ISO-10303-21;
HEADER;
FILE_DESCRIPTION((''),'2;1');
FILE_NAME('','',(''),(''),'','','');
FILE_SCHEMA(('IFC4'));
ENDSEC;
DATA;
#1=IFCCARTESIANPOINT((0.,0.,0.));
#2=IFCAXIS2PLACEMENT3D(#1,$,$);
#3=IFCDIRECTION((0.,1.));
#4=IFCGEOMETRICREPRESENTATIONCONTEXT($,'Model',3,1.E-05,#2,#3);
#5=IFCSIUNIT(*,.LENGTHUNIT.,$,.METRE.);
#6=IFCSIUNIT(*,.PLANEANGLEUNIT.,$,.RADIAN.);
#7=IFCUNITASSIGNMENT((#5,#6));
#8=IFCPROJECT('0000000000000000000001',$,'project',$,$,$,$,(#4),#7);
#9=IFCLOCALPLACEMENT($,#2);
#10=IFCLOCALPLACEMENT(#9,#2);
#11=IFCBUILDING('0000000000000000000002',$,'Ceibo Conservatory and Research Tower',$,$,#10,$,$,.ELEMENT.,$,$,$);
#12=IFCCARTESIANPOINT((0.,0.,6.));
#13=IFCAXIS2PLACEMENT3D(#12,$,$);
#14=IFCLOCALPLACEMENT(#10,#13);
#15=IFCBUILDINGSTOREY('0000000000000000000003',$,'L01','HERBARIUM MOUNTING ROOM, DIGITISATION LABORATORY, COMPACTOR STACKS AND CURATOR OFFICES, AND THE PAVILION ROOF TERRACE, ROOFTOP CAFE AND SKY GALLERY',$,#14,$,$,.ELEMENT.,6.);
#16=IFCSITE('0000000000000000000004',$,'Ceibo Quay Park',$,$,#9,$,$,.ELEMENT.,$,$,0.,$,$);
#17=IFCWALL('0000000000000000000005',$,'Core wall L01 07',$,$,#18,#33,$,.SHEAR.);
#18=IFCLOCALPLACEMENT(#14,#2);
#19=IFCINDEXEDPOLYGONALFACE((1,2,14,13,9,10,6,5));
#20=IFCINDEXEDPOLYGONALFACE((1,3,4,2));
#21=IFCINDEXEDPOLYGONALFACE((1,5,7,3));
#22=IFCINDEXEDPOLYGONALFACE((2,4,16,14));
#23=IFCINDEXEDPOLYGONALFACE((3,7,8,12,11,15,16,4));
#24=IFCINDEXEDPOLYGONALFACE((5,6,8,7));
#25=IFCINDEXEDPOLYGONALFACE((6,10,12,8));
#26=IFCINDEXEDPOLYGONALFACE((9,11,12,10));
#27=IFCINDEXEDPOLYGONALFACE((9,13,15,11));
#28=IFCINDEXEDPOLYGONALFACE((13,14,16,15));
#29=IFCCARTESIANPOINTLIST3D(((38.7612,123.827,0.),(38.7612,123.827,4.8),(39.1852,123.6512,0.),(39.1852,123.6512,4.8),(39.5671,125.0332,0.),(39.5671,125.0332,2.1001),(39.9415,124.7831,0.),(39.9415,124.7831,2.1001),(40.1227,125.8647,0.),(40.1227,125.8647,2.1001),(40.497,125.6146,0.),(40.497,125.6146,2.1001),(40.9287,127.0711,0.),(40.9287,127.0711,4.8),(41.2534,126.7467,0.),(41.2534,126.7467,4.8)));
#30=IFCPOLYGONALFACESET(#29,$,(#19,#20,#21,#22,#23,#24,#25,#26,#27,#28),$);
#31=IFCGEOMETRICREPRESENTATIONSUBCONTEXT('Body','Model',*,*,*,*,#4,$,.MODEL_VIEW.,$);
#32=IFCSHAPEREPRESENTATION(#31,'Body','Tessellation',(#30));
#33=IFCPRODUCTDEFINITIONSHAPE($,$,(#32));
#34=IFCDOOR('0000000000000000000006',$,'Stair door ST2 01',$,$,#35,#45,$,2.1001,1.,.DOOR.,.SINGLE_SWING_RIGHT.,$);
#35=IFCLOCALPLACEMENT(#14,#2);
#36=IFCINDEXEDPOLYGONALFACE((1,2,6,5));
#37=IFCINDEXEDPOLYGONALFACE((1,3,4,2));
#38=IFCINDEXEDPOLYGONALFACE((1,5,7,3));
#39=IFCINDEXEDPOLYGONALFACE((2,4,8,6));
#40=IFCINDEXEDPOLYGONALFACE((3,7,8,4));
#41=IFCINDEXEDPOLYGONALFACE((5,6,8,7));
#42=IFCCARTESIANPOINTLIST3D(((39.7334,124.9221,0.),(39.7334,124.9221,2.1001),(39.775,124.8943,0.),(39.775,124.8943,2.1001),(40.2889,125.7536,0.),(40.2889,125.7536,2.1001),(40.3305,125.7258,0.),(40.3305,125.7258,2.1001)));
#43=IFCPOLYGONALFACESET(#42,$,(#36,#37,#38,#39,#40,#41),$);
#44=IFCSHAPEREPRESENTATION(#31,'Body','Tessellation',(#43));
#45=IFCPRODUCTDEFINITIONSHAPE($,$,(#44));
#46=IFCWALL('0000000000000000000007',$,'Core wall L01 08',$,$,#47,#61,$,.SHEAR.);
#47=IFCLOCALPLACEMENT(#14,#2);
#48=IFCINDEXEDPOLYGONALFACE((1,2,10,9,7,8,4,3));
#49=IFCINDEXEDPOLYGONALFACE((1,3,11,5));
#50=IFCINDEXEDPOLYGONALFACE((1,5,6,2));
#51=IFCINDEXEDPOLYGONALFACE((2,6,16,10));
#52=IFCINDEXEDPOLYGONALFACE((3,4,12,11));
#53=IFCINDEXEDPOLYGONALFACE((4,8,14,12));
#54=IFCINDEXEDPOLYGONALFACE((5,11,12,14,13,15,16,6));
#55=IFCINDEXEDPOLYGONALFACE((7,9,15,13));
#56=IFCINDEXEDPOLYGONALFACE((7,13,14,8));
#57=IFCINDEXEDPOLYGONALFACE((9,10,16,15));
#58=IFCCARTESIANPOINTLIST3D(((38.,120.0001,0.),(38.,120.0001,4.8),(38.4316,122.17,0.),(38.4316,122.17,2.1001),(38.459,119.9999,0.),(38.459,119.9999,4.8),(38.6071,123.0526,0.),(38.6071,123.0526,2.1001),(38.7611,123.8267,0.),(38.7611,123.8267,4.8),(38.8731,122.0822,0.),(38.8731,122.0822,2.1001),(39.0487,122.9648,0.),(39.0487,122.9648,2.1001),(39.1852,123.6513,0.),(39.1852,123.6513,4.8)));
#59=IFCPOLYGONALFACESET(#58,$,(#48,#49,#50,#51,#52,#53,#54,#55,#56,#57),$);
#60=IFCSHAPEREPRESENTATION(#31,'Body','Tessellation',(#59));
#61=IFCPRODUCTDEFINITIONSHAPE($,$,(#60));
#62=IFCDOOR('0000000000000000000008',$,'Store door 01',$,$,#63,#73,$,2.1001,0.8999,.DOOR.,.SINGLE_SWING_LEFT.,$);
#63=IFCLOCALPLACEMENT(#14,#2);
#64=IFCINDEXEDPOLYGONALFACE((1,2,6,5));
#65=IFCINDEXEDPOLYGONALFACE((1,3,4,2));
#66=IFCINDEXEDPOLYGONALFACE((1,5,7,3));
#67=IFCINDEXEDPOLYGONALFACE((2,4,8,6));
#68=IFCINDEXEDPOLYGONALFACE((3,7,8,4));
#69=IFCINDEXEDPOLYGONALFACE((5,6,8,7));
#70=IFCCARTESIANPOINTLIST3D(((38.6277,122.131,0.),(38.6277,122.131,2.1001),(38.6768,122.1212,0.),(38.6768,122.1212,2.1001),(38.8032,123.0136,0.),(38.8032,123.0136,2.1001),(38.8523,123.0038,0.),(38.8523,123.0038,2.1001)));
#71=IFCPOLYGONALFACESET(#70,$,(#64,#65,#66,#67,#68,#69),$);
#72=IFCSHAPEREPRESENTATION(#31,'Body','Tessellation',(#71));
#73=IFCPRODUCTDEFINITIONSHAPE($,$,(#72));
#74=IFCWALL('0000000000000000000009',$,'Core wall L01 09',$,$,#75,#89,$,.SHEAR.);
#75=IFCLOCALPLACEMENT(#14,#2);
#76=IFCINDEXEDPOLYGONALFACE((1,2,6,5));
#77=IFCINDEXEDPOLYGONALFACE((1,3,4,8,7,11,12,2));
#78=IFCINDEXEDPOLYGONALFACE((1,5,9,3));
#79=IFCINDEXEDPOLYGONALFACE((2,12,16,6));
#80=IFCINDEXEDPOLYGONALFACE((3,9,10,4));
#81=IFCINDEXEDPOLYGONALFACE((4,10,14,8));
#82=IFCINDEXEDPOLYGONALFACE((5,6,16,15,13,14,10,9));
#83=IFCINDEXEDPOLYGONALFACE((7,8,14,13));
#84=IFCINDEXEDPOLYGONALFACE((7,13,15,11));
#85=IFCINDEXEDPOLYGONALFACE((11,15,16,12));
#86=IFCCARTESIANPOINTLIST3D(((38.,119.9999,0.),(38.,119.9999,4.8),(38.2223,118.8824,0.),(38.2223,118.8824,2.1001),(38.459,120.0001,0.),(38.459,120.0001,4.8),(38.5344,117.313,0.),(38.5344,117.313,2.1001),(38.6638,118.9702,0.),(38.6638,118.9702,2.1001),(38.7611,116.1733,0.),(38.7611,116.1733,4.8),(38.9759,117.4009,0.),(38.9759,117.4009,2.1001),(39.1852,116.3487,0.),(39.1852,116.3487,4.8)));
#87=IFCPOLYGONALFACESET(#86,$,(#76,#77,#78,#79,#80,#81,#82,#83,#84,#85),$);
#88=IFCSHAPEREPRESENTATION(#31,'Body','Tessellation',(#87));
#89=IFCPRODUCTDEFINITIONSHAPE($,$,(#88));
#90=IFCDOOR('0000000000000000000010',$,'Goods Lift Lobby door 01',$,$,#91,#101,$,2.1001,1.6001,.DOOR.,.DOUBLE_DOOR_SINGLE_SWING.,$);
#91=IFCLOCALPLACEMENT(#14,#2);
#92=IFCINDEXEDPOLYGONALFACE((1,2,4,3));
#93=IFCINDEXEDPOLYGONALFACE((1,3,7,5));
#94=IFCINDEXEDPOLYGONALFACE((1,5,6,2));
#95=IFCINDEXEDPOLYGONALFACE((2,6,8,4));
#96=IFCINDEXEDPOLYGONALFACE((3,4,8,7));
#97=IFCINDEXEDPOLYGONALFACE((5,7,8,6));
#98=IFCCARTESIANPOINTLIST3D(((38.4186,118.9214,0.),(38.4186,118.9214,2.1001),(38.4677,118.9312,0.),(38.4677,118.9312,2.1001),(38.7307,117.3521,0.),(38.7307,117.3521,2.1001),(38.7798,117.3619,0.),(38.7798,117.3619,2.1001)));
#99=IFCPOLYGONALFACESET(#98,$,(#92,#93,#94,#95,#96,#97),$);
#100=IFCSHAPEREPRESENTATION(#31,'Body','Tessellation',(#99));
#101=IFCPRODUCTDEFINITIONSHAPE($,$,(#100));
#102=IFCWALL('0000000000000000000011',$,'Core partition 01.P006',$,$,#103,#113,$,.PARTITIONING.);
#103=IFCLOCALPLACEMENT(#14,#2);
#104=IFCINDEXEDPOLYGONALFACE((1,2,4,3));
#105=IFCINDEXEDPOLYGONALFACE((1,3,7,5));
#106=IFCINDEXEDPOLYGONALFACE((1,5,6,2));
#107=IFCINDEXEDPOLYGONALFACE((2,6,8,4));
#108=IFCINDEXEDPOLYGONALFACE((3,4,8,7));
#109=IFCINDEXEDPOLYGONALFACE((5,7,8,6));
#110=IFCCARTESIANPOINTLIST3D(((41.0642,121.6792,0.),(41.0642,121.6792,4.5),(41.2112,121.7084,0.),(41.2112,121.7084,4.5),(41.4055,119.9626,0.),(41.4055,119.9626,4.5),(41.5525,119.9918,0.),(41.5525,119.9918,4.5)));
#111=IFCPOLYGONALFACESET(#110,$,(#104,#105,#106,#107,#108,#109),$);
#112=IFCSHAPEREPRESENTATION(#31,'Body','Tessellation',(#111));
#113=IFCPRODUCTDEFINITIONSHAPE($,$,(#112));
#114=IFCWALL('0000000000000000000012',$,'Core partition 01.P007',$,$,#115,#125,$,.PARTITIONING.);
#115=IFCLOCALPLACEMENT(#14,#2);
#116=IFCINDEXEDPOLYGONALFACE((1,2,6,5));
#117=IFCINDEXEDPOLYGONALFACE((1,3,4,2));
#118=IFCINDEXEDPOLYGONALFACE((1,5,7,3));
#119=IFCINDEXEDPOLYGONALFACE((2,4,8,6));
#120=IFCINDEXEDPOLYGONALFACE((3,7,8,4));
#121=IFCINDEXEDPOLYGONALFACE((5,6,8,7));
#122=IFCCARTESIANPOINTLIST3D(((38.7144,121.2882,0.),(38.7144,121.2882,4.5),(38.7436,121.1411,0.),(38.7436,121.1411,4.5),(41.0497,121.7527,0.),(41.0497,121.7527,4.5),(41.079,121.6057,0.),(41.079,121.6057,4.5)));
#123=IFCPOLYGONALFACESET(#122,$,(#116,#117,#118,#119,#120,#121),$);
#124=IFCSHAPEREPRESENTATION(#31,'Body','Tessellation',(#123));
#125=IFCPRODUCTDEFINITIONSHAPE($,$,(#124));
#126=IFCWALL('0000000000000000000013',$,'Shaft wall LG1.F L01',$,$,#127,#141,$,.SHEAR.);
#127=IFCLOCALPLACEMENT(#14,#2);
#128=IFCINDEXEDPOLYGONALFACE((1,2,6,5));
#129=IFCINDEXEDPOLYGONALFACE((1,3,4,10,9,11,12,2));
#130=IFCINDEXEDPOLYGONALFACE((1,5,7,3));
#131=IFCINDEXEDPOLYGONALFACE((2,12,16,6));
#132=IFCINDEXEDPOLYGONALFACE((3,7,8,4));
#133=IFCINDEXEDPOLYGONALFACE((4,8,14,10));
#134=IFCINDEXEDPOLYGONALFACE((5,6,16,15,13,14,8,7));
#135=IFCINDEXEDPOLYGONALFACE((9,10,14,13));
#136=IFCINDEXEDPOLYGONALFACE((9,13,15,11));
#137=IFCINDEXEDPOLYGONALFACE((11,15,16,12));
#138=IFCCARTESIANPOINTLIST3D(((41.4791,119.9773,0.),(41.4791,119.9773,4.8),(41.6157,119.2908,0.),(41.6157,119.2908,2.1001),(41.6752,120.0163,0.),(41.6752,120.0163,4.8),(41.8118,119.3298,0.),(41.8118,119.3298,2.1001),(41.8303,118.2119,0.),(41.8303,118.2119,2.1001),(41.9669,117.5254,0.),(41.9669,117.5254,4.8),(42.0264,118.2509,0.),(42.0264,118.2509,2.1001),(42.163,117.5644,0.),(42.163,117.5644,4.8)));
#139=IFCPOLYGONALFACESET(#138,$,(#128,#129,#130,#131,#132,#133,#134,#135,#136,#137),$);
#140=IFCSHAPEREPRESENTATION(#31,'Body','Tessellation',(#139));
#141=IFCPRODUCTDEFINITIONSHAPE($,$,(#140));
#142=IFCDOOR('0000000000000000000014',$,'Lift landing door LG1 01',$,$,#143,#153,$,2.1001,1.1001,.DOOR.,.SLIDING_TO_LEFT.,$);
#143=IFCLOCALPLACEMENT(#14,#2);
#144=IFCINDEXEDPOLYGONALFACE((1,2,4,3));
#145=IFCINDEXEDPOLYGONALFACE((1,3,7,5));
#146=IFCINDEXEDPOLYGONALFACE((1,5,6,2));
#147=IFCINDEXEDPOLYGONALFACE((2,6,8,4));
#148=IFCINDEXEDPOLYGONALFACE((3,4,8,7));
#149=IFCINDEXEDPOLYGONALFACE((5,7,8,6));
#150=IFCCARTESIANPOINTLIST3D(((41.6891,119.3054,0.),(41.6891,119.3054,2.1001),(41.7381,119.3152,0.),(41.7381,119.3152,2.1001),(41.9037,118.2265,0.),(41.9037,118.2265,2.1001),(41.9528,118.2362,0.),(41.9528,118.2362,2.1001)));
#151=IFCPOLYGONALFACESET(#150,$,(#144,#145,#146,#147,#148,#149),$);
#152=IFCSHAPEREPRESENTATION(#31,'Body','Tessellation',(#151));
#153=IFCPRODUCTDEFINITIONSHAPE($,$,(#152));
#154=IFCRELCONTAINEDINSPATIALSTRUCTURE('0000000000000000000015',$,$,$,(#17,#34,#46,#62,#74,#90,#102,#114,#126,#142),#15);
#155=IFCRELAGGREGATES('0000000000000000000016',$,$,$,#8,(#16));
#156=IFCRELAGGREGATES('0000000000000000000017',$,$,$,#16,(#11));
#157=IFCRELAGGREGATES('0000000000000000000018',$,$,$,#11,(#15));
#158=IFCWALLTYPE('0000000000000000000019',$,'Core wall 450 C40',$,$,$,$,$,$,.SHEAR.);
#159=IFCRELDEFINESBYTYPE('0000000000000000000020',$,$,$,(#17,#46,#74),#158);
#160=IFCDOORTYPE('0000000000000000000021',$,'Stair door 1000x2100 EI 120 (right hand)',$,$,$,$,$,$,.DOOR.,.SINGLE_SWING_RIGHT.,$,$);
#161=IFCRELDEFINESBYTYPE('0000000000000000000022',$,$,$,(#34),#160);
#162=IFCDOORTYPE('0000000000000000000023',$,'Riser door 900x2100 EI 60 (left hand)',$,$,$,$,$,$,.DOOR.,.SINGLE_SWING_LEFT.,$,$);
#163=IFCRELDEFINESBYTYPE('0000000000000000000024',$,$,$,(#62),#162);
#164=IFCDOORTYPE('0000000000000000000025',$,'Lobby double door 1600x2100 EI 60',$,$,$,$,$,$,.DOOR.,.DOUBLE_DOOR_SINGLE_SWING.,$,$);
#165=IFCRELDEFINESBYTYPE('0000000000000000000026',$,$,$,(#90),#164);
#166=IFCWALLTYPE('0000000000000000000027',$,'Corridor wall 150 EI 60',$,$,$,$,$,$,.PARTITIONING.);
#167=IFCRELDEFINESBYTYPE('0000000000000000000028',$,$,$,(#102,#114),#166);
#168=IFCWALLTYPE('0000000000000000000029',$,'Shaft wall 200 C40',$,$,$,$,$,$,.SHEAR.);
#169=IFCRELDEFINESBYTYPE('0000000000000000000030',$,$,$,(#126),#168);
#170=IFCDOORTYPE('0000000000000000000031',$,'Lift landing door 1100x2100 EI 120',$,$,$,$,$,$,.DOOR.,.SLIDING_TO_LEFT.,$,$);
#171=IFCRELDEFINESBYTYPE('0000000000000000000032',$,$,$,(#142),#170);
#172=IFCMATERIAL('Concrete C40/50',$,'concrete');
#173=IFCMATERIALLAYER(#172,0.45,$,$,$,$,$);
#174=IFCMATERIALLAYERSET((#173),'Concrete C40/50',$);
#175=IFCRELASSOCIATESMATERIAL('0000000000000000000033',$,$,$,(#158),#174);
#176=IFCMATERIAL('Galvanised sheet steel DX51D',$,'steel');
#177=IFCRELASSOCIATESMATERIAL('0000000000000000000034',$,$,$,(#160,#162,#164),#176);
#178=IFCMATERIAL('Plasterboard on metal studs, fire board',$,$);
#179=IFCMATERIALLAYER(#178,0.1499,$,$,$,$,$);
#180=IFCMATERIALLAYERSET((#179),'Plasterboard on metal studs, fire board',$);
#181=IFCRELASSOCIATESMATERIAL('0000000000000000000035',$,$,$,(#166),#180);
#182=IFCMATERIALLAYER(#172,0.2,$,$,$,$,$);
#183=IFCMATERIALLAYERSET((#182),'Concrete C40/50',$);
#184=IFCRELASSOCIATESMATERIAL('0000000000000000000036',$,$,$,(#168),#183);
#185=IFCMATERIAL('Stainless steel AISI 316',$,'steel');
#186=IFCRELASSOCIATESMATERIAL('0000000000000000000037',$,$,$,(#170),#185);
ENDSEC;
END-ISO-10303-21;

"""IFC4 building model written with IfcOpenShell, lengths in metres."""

from ifc_helpers import new_model, si_unit, direction, frame, frame_2d, origin, place, context, subcontext, project, spatial, polyline, rectangle, outline, extrude, material, layer, layer_set, type_object, element, fill, save


model = new_model("IFC4")

# Units and contexts
model_context = context("Model", 3, precision=1e-05, world=origin(), true_north=direction((0.0, 1.0)))
body_context = subcontext(model_context, "Body", "Model", "MODEL_VIEW")
ifc_project = project(units=[si_unit("LENGTHUNIT", "METRE"), si_unit("PLANEANGLEUNIT", "RADIAN")], contexts=[model_context])

# Site, building, storey
site_placement = place(None, origin())
site = spatial("IfcSite", under=ifc_project, at=site_placement, Name="Ceibo Quay Park", CompositionType="ELEMENT", RefElevation=0.0)
building_placement = place(site_placement, origin())
building = spatial("IfcBuilding", under=site, at=building_placement, Name="Ceibo Conservatory and Research Tower", CompositionType="ELEMENT")
storey_placement = place(building_placement, frame((0.0, 0.0, 6.0)))
storey = spatial("IfcBuildingStorey", under=building, at=storey_placement, Name="L01", Description="HERBARIUM MOUNTING ROOM, DIGITISATION LABORATORY, COMPACTOR STACKS AND CURATOR OFFICES, AND THE PAVILION ROOF TERRACE, ROOFTOP CAFE AND SKY GALLERY", CompositionType="ELEMENT", Elevation=6.0)

# Shared definitions
ifc_material_1 = material(Name="Galvanised sheet steel DX51D", Category="steel")

# Shared definitions
ifc_material_2 = material(Name="Concrete C40/50", Category="concrete")
ifc_layer_1 = layer(ifc_material_2, 0.45)
ifc_layer_set_1 = layer_set([ifc_layer_1], Name="Concrete C40/50")
wall_type_1 = type_object("IfcWallType", Name="Core wall 450 C40", PredefinedType="SHEAR", material=ifc_layer_set_1)

# Walls, openings, doors
wall_1_placement = place(storey_placement, frame((41.0911, 126.9089, 0.0), z_axis=(0.0, 0.0, 1.0), x_axis=(-0.555542, -0.831488, 0.0)))
wall_1 = element("IfcWall", 1, at=wall_1_placement, inside=storey, type_object=wall_type_1, Name="Core wall L01 07", PredefinedType="SHEAR", context=body_context, shape_type="SweptSolid", body=[
    extrude(outline(polyline([(-0.0447, -0.2251), (3.8569, -0.2251), (3.7676, 0.2251), (0.0447, 0.2251), (-0.0447, -0.2251)])), origin(), (0.0, 0.0, 1.0), 4.8),
])
opening_1_placement = place(wall_1_placement, frame((1.4062, 0.0, 0.0)))
opening_1 = element("IfcOpeningElement", 2, at=opening_1_placement, cuts=wall_1, PredefinedType="OPENING", context=body_context, shape_type="SweptSolid", body=[
    extrude(rectangle(XDim=1.0, YDim=2.1001, at=frame_2d((0.5, 1.05))), frame((0.0, 0.2349, 0.0), z_axis=(0.0, -1.0, 0.0), x_axis=(1.0, 0.0, 0.0)), (0.0, 0.0, 1.0), 0.47),
])
door_type_1 = type_object("IfcDoorType", Name="Stair door 1000x2100 EI 120 (right hand)", OperationType="SINGLE_SWING_RIGHT", PredefinedType="DOOR", material=ifc_material_1)
door_1_placement = place(opening_1_placement, origin())
door_1 = element("IfcDoor", 3, at=door_1_placement, inside=storey, type_object=door_type_1, Name="Stair door ST2 01", OperationType="SINGLE_SWING_RIGHT", OverallHeight=2.1001, OverallWidth=1.0, PredefinedType="DOOR", context=body_context, shape_type="SweptSolid", body=[
    extrude(rectangle(XDim=1.0, YDim=2.1001, at=frame_2d((0.5, 1.05))), frame((0.0, 0.0249, 0.0), z_axis=(0.0, -1.0, 0.0), x_axis=(1.0, 0.0, 0.0)), (0.0, 0.0, 1.0), 0.05),
])
fill(opening_1, door_1)
wall_2_placement = place(storey_placement, frame((38.9731, 123.739, 0.0), z_axis=(0.0, 0.0, 1.0), x_axis=(-0.195069, -0.980789, 0.0)))
wall_2 = element("IfcWall", 4, at=wall_2_placement, inside=storey, type_object=wall_type_1, Name="Core wall L01 08", PredefinedType="SHEAR", context=body_context, shape_type="SweptSolid", body=[
    extrude(outline(polyline([(-0.0447, -0.2251), (3.8569, -0.2251), (3.7676, 0.2251), (0.0447, 0.2251), (-0.0447, -0.2251)])), origin(), (0.0, 0.0, 1.0), 4.8),
])
opening_2_placement = place(wall_2_placement, frame((0.7446, 0.0, 0.0)))
opening_2 = element("IfcOpeningElement", 5, at=opening_2_placement, cuts=wall_2, PredefinedType="OPENING", context=body_context, shape_type="SweptSolid", body=[
    extrude(rectangle(XDim=0.8999, YDim=2.1001, at=frame_2d((0.45, 1.05))), frame((0.0, 0.2349, 0.0), z_axis=(0.0, -1.0, 0.0), x_axis=(1.0, 0.0, 0.0)), (0.0, 0.0, 1.0), 0.47),
])
door_type_2 = type_object("IfcDoorType", Name="Riser door 900x2100 EI 60 (left hand)", OperationType="SINGLE_SWING_LEFT", PredefinedType="DOOR", material=ifc_material_1)
door_2_placement = place(opening_2_placement, origin())
door_2 = element("IfcDoor", 6, at=door_2_placement, inside=storey, type_object=door_type_2, Name="Store door 01", OperationType="SINGLE_SWING_LEFT", OverallHeight=2.1001, OverallWidth=0.8999, PredefinedType="DOOR", context=body_context, shape_type="SweptSolid", body=[
    extrude(rectangle(XDim=0.8999, YDim=2.1001, at=frame_2d((0.45, 1.05))), frame((0.0, 0.0249, 0.0), z_axis=(0.0, -1.0, 0.0), x_axis=(1.0, 0.0, 0.0)), (0.0, 0.0, 1.0), 0.05),
])
fill(opening_2, door_2)
wall_3_placement = place(storey_placement, frame((38.2295, 120.0, 0.0), z_axis=(0.0, 0.0, 1.0), x_axis=(0.195069, -0.980789, 0.0)))
wall_3 = element("IfcWall", 7, at=wall_3_placement, inside=storey, type_object=wall_type_1, Name="Core wall L01 09", PredefinedType="SHEAR", context=body_context, shape_type="SweptSolid", body=[
    extrude(outline(polyline([(-0.0447, -0.2251), (3.8569, -0.2251), (3.7676, 0.2251), (0.0447, 0.2251), (-0.0447, -0.2251)])), origin(), (0.0, 0.0, 1.0), 4.8),
])
opening_3_placement = place(wall_3_placement, frame((1.0947, 0.0, 0.0)))
opening_3 = element("IfcOpeningElement", 8, at=opening_3_placement, cuts=wall_3, PredefinedType="OPENING", context=body_context, shape_type="SweptSolid", body=[
    extrude(rectangle(XDim=1.6001, YDim=2.1001, at=frame_2d((0.8, 1.05))), frame((0.0, 0.2349, 0.0), z_axis=(0.0, -1.0, 0.0), x_axis=(1.0, 0.0, 0.0)), (0.0, 0.0, 1.0), 0.47),
])
door_type_3 = type_object("IfcDoorType", Name="Lobby double door 1600x2100 EI 60", OperationType="DOUBLE_DOOR_SINGLE_SWING", PredefinedType="DOOR", material=ifc_material_1)
door_3_placement = place(opening_3_placement, frame((1.6001, 0.0, 0.0), z_axis=(0.0, 0.0, 1.0), x_axis=(-1.0, 0.0, 0.0)))
door_3 = element("IfcDoor", 9, at=door_3_placement, inside=storey, type_object=door_type_3, Name="Goods Lift Lobby door 01", OperationType="DOUBLE_DOOR_SINGLE_SWING", OverallHeight=2.1001, OverallWidth=1.6001, PredefinedType="DOOR", context=body_context, shape_type="SweptSolid", body=[
    extrude(rectangle(XDim=1.6001, YDim=2.1001, at=frame_2d((0.8, 1.05))), frame((0.0, 0.0249, 0.0), z_axis=(0.0, -1.0, 0.0), x_axis=(1.0, 0.0, 0.0)), (0.0, 0.0, 1.0), 0.05),
])
fill(opening_3, door_3)

# Walls
ifc_material_3 = material(Name="Plasterboard on metal studs, fire board")
ifc_layer_2 = layer(ifc_material_3, 0.1499)
ifc_layer_set_2 = layer_set([ifc_layer_2], Name="Plasterboard on metal studs, fire board")
wall_type_2 = type_object("IfcWallType", Name="Corridor wall 150 EI 60", PredefinedType="PARTITIONING", material=ifc_layer_set_2)
wall_4_placement = place(storey_placement, frame((41.479, 119.9773, 0.0), z_axis=(0.0, 0.0, 1.0), x_axis=(-0.195016, 0.9808, 0.0)))
element("IfcWall", 10, at=wall_4_placement, inside=storey, type_object=wall_type_2, Name="Core partition 01.P006", PredefinedType="PARTITIONING", context=body_context, shape_type="SweptSolid", body=[
    extrude(rectangle(XDim=1.7502, YDim=0.1499, at=frame_2d((0.875, 0.0))), origin(), (0.0, 0.0, 1.0), 4.5),
])
wall_5_placement = place(storey_placement, frame((41.0642, 121.6792, 0.0), z_axis=(0.0, 0.0, 1.0), x_axis=(-0.980781, -0.19511, 0.0)))
element("IfcWall", 11, at=wall_5_placement, inside=storey, type_object=wall_type_2, Name="Core partition 01.P007", PredefinedType="PARTITIONING", context=body_context, shape_type="SweptSolid", body=[
    extrude(rectangle(XDim=2.3811, YDim=0.1499, at=frame_2d((1.1904, 0.0))), origin(), (0.0, 0.0, 1.0), 4.5),
])

# Wall, opening, door
ifc_layer_3 = layer(ifc_material_2, 0.2)
ifc_layer_set_3 = layer_set([ifc_layer_3], Name="Concrete C40/50")
wall_type_3 = type_object("IfcWallType", Name="Shaft wall 200 C40", PredefinedType="SHEAR", material=ifc_layer_set_3)
wall_6_placement = place(storey_placement, frame((41.5771, 119.9968, 0.0), z_axis=(0.0, 0.0, 1.0), x_axis=(0.195121, -0.980779, 0.0)))
wall_6 = element("IfcWall", 12, at=wall_6_placement, inside=storey, type_object=wall_type_3, Name="Shaft wall LG1.F L01", PredefinedType="SHEAR", context=body_context, shape_type="SweptSolid", body=[
    extrude(rectangle(XDim=2.5, YDim=0.2, at=frame_2d((1.25, 0.0))), origin(), (0.0, 0.0, 1.0), 4.8),
])
opening_4_placement = place(wall_6_placement, frame((0.7, 0.0, 0.0)))
opening_4 = element("IfcOpeningElement", 13, at=opening_4_placement, cuts=wall_6, PredefinedType="OPENING", context=body_context, shape_type="SweptSolid", body=[
    extrude(rectangle(XDim=1.1001, YDim=2.1001, at=frame_2d((0.55, 1.05))), frame((0.0, 0.1099, 0.0), z_axis=(0.0, -1.0, 0.0), x_axis=(1.0, 0.0, 0.0)), (0.0, 0.0, 1.0), 0.22),
])
ifc_material_4 = material(Name="Stainless steel AISI 316", Category="steel")
door_type_4 = type_object("IfcDoorType", Name="Lift landing door 1100x2100 EI 120", OperationType="SLIDING_TO_LEFT", PredefinedType="DOOR", material=ifc_material_4)
door_4_placement = place(opening_4_placement, origin())
door_4 = element("IfcDoor", 14, at=door_4_placement, inside=storey, type_object=door_type_4, Name="Lift landing door LG1 01", OperationType="SLIDING_TO_LEFT", OverallHeight=2.1001, OverallWidth=1.1001, PredefinedType="DOOR", context=body_context, shape_type="SweptSolid", body=[
    extrude(rectangle(XDim=1.1001, YDim=2.1001, at=frame_2d((0.55, 1.05))), frame((0.0, 0.0249, 0.0), z_axis=(0.0, -1.0, 0.0), x_axis=(1.0, 0.0, 0.0)), (0.0, 0.0, 1.0), 0.05),
])
fill(opening_4, door_4)

save(model, "model.ifc")
